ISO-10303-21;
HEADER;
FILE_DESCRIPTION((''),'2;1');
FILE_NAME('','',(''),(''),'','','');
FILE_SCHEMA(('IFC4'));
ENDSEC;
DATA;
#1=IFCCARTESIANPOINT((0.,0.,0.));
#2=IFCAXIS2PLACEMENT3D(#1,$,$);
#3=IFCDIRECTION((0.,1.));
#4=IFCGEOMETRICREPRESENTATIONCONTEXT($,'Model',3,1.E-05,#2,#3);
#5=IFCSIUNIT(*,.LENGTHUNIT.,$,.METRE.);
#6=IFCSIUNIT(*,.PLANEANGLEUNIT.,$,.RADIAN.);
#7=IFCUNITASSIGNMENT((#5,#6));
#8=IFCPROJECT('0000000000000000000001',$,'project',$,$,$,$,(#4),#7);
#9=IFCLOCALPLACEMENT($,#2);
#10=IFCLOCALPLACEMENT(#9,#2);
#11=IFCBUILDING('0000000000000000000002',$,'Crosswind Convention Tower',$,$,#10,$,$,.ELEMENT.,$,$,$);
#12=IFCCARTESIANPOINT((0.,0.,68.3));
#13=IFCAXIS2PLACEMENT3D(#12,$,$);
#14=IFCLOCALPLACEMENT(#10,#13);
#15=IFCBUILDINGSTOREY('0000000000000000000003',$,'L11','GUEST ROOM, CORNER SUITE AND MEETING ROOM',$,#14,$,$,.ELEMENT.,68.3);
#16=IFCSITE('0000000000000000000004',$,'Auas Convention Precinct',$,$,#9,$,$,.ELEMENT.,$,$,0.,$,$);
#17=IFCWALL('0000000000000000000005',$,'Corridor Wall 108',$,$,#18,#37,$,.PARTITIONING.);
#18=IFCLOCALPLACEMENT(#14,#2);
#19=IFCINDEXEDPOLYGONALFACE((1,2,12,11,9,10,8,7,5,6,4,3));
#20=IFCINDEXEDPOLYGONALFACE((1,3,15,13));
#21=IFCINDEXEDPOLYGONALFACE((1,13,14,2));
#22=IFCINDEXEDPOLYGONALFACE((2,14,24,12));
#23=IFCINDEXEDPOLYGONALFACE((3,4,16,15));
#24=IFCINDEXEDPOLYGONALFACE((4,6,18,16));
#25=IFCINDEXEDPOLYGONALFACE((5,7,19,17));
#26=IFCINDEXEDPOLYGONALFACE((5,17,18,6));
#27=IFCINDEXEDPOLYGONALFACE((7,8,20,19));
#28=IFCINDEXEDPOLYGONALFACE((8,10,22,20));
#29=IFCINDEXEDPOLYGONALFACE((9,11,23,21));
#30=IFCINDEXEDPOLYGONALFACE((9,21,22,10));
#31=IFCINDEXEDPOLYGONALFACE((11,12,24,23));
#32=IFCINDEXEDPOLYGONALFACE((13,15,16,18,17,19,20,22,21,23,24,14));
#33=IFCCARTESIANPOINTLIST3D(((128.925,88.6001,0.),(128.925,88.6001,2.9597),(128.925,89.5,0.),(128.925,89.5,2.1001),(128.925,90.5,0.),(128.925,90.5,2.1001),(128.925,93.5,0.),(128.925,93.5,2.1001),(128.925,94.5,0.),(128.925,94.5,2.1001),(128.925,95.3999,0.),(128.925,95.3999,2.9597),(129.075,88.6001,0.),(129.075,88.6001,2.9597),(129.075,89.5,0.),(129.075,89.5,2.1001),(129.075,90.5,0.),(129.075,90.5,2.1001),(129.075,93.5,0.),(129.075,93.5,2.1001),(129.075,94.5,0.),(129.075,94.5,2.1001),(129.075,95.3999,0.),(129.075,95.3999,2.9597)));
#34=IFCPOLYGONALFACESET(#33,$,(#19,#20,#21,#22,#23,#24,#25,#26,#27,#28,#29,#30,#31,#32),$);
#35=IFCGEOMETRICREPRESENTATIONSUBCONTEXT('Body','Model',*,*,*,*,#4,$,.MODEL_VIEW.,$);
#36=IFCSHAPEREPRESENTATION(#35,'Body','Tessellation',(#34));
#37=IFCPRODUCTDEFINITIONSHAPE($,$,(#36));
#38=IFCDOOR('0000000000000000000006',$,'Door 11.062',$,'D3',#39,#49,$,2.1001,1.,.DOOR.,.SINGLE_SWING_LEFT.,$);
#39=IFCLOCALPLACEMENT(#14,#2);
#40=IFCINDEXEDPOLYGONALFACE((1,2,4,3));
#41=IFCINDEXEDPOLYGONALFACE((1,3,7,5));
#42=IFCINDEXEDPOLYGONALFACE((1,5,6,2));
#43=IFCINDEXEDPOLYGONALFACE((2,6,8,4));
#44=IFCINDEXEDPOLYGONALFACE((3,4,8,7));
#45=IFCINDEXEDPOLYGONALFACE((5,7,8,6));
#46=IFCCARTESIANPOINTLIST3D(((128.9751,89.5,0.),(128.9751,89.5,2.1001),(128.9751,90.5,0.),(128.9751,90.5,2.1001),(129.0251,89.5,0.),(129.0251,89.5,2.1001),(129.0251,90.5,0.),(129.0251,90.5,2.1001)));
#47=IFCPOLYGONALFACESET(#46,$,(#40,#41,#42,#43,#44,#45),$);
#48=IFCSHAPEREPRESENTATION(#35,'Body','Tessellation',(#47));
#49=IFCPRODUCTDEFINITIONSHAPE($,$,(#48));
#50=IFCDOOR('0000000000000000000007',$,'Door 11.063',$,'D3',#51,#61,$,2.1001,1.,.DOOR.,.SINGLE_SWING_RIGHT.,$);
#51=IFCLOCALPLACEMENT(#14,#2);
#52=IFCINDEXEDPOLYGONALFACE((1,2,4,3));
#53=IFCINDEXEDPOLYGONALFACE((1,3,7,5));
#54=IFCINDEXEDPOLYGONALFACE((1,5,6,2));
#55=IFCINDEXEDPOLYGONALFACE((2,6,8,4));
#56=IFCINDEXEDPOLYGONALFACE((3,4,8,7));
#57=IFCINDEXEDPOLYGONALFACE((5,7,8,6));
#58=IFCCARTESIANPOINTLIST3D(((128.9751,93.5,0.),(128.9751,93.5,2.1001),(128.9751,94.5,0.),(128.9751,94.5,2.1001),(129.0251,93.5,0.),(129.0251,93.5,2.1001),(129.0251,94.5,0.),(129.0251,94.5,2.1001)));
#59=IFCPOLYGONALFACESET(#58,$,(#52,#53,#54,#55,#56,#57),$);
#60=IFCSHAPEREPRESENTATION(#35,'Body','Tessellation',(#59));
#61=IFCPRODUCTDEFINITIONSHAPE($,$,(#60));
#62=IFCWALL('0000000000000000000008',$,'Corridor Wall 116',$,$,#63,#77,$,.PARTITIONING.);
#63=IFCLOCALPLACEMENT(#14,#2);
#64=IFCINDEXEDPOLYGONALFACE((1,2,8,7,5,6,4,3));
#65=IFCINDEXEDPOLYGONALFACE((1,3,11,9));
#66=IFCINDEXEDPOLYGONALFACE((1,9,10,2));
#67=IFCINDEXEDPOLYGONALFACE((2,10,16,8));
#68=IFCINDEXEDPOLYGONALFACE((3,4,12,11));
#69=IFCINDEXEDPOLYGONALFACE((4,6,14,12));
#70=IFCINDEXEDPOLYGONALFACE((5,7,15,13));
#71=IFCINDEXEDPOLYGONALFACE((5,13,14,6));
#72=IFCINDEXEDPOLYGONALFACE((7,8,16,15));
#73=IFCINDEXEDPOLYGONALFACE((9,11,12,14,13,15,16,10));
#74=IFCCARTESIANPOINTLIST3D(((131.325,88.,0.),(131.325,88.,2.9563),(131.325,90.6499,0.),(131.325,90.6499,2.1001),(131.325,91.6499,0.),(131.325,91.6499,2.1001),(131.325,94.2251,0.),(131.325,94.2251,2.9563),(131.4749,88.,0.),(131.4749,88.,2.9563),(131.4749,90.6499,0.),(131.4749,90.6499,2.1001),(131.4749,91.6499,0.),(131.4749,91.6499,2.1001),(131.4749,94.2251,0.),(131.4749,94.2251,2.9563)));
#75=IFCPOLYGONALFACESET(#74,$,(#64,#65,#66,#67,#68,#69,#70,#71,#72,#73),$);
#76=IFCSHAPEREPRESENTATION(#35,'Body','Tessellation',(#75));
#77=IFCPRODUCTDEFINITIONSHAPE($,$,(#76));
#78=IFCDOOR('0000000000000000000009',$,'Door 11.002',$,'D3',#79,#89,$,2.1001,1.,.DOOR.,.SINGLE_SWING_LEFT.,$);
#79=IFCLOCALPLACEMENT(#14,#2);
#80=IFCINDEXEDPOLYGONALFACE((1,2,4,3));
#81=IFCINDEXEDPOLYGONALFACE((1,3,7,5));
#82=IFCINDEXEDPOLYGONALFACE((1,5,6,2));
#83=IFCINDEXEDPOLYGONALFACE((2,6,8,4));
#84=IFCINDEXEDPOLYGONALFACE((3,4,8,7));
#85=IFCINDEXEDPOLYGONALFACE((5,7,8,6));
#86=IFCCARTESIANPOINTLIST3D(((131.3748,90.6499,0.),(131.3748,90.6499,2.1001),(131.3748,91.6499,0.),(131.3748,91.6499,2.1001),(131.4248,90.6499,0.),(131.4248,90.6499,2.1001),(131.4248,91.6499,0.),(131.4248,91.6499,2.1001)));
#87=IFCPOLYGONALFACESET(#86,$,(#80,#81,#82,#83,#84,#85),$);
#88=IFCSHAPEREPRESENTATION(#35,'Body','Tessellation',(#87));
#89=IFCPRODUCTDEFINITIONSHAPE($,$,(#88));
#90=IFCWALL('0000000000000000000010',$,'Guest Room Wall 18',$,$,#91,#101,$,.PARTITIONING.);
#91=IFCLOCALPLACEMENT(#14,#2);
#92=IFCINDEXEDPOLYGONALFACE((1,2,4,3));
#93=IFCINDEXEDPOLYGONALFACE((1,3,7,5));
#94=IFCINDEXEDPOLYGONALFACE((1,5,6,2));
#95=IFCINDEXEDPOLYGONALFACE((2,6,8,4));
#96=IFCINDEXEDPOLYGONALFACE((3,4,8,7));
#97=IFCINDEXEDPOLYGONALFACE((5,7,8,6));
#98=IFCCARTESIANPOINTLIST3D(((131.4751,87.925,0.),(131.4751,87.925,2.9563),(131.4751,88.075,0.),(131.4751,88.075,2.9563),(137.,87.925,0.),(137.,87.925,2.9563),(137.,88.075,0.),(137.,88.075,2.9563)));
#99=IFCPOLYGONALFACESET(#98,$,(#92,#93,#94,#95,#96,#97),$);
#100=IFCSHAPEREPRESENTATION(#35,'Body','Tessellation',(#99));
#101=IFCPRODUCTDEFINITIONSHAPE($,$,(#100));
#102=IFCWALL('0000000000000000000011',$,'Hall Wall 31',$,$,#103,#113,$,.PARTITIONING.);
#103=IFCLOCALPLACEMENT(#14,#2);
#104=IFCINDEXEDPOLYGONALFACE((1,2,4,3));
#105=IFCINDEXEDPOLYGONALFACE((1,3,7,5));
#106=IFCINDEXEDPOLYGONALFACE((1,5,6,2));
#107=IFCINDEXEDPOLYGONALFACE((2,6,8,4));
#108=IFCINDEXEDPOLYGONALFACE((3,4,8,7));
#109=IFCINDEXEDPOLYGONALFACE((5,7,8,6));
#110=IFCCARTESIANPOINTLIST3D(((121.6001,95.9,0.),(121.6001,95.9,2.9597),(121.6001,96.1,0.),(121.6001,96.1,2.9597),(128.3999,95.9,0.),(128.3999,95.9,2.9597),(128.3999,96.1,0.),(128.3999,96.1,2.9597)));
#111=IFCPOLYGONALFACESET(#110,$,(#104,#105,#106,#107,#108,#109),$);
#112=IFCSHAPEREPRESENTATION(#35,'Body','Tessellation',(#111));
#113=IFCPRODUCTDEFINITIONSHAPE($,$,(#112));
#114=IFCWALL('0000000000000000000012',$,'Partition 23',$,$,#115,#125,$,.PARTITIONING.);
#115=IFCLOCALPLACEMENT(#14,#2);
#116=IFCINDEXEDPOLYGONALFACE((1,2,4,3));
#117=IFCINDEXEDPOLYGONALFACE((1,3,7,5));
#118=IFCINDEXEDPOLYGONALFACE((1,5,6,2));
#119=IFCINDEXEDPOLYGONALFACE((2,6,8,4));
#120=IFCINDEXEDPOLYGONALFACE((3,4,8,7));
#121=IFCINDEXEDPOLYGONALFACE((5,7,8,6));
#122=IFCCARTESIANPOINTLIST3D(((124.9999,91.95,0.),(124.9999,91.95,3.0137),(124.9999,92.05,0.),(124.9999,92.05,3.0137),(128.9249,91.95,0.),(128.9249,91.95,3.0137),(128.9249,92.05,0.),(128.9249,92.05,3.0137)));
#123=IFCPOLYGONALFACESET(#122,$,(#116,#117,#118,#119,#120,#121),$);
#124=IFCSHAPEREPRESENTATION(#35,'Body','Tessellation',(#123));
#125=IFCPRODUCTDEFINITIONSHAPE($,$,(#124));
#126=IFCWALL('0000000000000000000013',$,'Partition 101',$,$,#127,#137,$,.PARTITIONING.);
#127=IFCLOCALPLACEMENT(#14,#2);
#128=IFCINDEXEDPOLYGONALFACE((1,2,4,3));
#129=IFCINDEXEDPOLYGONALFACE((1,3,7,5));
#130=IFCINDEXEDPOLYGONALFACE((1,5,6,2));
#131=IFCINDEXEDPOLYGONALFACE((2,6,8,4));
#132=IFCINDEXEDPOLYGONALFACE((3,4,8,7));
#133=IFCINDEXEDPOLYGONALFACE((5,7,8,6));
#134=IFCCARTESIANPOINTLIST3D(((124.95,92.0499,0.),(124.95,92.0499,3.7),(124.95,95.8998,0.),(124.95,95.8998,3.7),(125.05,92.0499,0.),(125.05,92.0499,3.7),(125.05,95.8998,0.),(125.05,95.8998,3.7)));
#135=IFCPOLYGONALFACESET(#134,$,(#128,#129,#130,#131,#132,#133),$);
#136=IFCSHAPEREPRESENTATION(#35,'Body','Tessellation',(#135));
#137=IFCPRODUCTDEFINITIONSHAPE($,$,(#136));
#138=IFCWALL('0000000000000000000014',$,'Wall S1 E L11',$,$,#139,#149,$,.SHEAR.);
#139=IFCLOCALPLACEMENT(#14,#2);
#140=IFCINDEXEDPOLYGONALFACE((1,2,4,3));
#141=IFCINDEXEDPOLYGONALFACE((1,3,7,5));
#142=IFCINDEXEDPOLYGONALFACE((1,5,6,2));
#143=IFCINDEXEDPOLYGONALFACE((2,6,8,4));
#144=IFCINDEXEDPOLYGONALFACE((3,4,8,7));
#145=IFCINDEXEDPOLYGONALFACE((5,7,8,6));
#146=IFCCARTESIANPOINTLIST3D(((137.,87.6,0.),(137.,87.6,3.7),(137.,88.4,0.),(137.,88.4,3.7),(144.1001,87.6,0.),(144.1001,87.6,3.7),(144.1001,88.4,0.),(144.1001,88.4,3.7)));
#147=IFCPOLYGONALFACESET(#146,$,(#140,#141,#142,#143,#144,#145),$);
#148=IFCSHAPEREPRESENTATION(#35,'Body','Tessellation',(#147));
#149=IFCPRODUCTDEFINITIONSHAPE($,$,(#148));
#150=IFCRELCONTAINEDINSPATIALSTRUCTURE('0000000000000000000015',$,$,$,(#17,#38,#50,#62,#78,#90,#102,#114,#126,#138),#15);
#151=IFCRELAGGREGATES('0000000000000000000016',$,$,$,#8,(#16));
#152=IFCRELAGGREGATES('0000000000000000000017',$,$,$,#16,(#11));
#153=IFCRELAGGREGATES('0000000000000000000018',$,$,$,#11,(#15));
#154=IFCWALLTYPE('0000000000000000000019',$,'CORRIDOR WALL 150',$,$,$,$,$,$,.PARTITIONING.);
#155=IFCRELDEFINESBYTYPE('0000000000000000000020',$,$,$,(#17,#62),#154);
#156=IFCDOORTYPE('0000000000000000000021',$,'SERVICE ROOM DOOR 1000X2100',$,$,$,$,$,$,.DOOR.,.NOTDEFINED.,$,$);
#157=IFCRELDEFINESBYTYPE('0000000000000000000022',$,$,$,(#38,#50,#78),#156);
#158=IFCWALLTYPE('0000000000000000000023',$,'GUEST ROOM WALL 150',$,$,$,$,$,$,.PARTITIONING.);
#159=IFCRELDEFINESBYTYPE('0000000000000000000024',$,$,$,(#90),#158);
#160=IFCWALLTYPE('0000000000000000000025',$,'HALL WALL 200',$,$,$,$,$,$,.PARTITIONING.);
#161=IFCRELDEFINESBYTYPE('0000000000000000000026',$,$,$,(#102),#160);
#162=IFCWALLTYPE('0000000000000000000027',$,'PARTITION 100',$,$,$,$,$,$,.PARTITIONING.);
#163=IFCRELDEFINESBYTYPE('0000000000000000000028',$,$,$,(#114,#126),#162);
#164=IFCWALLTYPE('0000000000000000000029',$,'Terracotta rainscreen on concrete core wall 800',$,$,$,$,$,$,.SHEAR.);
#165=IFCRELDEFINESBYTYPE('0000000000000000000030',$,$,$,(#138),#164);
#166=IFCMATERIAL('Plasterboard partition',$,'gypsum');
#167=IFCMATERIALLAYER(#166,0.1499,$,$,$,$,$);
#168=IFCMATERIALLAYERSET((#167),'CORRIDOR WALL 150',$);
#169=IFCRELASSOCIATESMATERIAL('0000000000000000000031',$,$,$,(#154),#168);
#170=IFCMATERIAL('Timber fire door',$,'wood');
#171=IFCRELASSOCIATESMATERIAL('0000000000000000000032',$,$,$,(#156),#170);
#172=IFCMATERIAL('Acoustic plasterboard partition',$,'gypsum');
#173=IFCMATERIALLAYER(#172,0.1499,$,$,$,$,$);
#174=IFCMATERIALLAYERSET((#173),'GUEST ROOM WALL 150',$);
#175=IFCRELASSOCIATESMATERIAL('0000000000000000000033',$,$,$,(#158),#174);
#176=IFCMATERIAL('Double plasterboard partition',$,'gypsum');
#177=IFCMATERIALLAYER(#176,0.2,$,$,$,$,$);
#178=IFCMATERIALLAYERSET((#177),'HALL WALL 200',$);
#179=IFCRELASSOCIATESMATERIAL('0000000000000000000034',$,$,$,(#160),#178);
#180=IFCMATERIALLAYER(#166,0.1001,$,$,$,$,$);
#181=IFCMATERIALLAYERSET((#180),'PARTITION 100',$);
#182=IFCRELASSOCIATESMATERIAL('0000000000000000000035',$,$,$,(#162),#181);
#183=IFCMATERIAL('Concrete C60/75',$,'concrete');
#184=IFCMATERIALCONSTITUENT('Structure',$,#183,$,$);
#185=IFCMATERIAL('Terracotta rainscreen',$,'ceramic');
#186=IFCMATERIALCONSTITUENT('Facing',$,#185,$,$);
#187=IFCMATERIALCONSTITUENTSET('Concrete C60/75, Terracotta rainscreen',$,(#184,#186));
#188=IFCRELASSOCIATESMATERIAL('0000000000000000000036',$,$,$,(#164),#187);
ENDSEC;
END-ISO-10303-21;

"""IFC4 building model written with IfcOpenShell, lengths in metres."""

from ifc_helpers import new_model, si_unit, direction, frame, frame_2d, origin, place, context, subcontext, project, spatial, rectangle, extrude, material, layer, layer_set, constituent, constituent_set, type_object, element, fill, save


model = new_model("IFC4")

# Units and contexts
model_context = context("Model", 3, precision=1e-05, world=origin(), true_north=direction((0.0, 1.0)))
body_context = subcontext(model_context, "Body", "Model", "MODEL_VIEW")
ifc_project = project(units=[si_unit("LENGTHUNIT", "METRE"), si_unit("PLANEANGLEUNIT", "RADIAN")], contexts=[model_context])

# Site, building, storey
site_placement = place(None, origin())
site = spatial("IfcSite", under=ifc_project, at=site_placement, Name="Auas Convention Precinct", CompositionType="ELEMENT", RefElevation=0.0)
building_placement = place(site_placement, origin())
building = spatial("IfcBuilding", under=site, at=building_placement, Name="Crosswind Convention Tower", CompositionType="ELEMENT")
storey_placement = place(building_placement, frame((0.0, 0.0, 68.3)))
storey = spatial("IfcBuildingStorey", under=building, at=storey_placement, Name="L11", Description="GUEST ROOM, CORNER SUITE AND MEETING ROOM", CompositionType="ELEMENT", Elevation=68.3)

# Shared definitions
ifc_material_1 = material(Name="Plasterboard partition", Category="gypsum")
ifc_layer_1 = layer(ifc_material_1, 0.1499)
ifc_layer_set_1 = layer_set([ifc_layer_1], Name="CORRIDOR WALL 150")
wall_type_1 = type_object("IfcWallType", Name="CORRIDOR WALL 150", PredefinedType="PARTITIONING", material=ifc_layer_set_1)

# Wall, openings, doors
wall_1_placement = place(storey_placement, frame((129.0, 88.6001, 0.0), z_axis=(0.0, 0.0, 1.0), x_axis=(0.0, 1.0, 0.0)))
wall_1 = element("IfcWall", 1, at=wall_1_placement, inside=storey, type_object=wall_type_1, Name="Corridor Wall 108", PredefinedType="PARTITIONING", context=body_context, shape_type="SweptSolid", body=[
    extrude(rectangle(XDim=6.7998, YDim=0.1499, at=frame_2d((3.3999, 0.0))), origin(), (0.0, 0.0, 1.0), 2.9597),
])
opening_1_placement = place(wall_1_placement, frame((0.8999, 0.0, 0.0)))
opening_1 = element("IfcOpeningElement", 2, at=opening_1_placement, cuts=wall_1, PredefinedType="OPENING", context=body_context, shape_type="SweptSolid", body=[
    extrude(rectangle(XDim=1.0, YDim=2.1001, at=frame_2d((0.5, 1.05))), frame((0.0, 0.085, 0.0), z_axis=(0.0, -1.0, 0.0), x_axis=(1.0, 0.0, 0.0)), (0.0, 0.0, 1.0), 0.1699),
])
opening_2_placement = place(wall_1_placement, frame((4.8999, 0.0, 0.0)))
opening_2 = element("IfcOpeningElement", 3, at=opening_2_placement, cuts=wall_1, PredefinedType="OPENING", context=body_context, shape_type="SweptSolid", body=[
    extrude(rectangle(XDim=1.0, YDim=2.1001, at=frame_2d((0.5, 1.05))), frame((0.0, 0.085, 0.0), z_axis=(0.0, -1.0, 0.0), x_axis=(1.0, 0.0, 0.0)), (0.0, 0.0, 1.0), 0.1699),
])
ifc_material_2 = material(Name="Timber fire door", Category="wood")
door_type = type_object("IfcDoorType", Name="SERVICE ROOM DOOR 1000X2100", OperationType="NOTDEFINED", PredefinedType="DOOR", material=ifc_material_2)
door_1_placement = place(opening_1_placement, origin())
door_1 = element("IfcDoor", 4, at=door_1_placement, inside=storey, type_object=door_type, Name="Door 11.062", ObjectType="D3", OperationType="SINGLE_SWING_LEFT", OverallHeight=2.1001, OverallWidth=1.0, PredefinedType="DOOR", context=body_context, shape_type="SweptSolid", body=[
    extrude(rectangle(XDim=1.0, YDim=2.1001, at=frame_2d((0.5, 1.05))), frame((0.0, 0.0249, 0.0), z_axis=(0.0, -1.0, 0.0), x_axis=(1.0, 0.0, 0.0)), (0.0, 0.0, 1.0), 0.05),
])
fill(opening_1, door_1)
door_2_placement = place(opening_2_placement, origin())
door_2 = element("IfcDoor", 5, at=door_2_placement, inside=storey, type_object=door_type, Name="Door 11.063", ObjectType="D3", OperationType="SINGLE_SWING_RIGHT", OverallHeight=2.1001, OverallWidth=1.0, PredefinedType="DOOR", context=body_context, shape_type="SweptSolid", body=[
    extrude(rectangle(XDim=1.0, YDim=2.1001, at=frame_2d((0.5, 1.05))), frame((0.0, 0.0249, 0.0), z_axis=(0.0, -1.0, 0.0), x_axis=(1.0, 0.0, 0.0)), (0.0, 0.0, 1.0), 0.05),
])
fill(opening_2, door_2)

# Wall, opening, door
wall_2_placement = place(storey_placement, frame((131.3999, 88.0, 0.0), z_axis=(0.0, 0.0, 1.0), x_axis=(0.0, 1.0, 0.0)))
wall_2 = element("IfcWall", 6, at=wall_2_placement, inside=storey, type_object=wall_type_1, Name="Corridor Wall 116", PredefinedType="PARTITIONING", context=body_context, shape_type="SweptSolid", body=[
    extrude(rectangle(XDim=6.2251, YDim=0.1499, at=frame_2d((3.1125, 0.0))), origin(), (0.0, 0.0, 1.0), 2.9563),
])
opening_3_placement = place(wall_2_placement, frame((2.6499, 0.0, 0.0)))
opening_3 = element("IfcOpeningElement", 7, at=opening_3_placement, cuts=wall_2, PredefinedType="OPENING", context=body_context, shape_type="SweptSolid", body=[
    extrude(rectangle(XDim=1.0, YDim=2.1001, at=frame_2d((0.5, 1.05))), frame((0.0, 0.085, 0.0), z_axis=(0.0, -1.0, 0.0), x_axis=(1.0, 0.0, 0.0)), (0.0, 0.0, 1.0), 0.1699),
])
door_3_placement = place(opening_3_placement, frame((1.0, 0.0, 0.0), z_axis=(0.0, 0.0, 1.0), x_axis=(-1.0, 0.0, 0.0)))
door_3 = element("IfcDoor", 8, at=door_3_placement, inside=storey, type_object=door_type, Name="Door 11.002", ObjectType="D3", OperationType="SINGLE_SWING_LEFT", OverallHeight=2.1001, OverallWidth=1.0, PredefinedType="DOOR", context=body_context, shape_type="SweptSolid", body=[
    extrude(rectangle(XDim=1.0, YDim=2.1001, at=frame_2d((0.5, 1.05))), frame((0.0, 0.0249, 0.0), z_axis=(0.0, -1.0, 0.0), x_axis=(1.0, 0.0, 0.0)), (0.0, 0.0, 1.0), 0.05),
])
fill(opening_3, door_3)

# Walls
ifc_material_3 = material(Name="Acoustic plasterboard partition", Category="gypsum")
ifc_layer_2 = layer(ifc_material_3, 0.1499)
ifc_layer_set_2 = layer_set([ifc_layer_2], Name="GUEST ROOM WALL 150")
wall_type_2 = type_object("IfcWallType", Name="GUEST ROOM WALL 150", PredefinedType="PARTITIONING", material=ifc_layer_set_2)
wall_3_placement = place(storey_placement, frame((131.4751, 88.0, 0.0), z_axis=(0.0, 0.0, 1.0), x_axis=(1.0, 0.0, 0.0)))
element("IfcWall", 9, at=wall_3_placement, inside=storey, type_object=wall_type_2, Name="Guest Room Wall 18", PredefinedType="PARTITIONING", context=body_context, shape_type="SweptSolid", body=[
    extrude(rectangle(XDim=5.5249, YDim=0.1499, at=frame_2d((2.7625, 0.0))), origin(), (0.0, 0.0, 1.0), 2.9563),
])
ifc_material_4 = material(Name="Double plasterboard partition", Category="gypsum")
ifc_layer_3 = layer(ifc_material_4, 0.2)
ifc_layer_set_3 = layer_set([ifc_layer_3], Name="HALL WALL 200")
wall_type_3 = type_object("IfcWallType", Name="HALL WALL 200", PredefinedType="PARTITIONING", material=ifc_layer_set_3)
wall_4_placement = place(storey_placement, frame((121.6001, 96.0, 0.0), z_axis=(0.0, 0.0, 1.0), x_axis=(1.0, 0.0, 0.0)))
element("IfcWall", 10, at=wall_4_placement, inside=storey, type_object=wall_type_3, Name="Hall Wall 31", PredefinedType="PARTITIONING", context=body_context, shape_type="SweptSolid", body=[
    extrude(rectangle(XDim=6.7998, YDim=0.2, at=frame_2d((3.3999, 0.0))), origin(), (0.0, 0.0, 1.0), 2.9597),
])
ifc_layer_4 = layer(ifc_material_1, 0.1001)
ifc_layer_set_4 = layer_set([ifc_layer_4], Name="PARTITION 100")
wall_type_4 = type_object("IfcWallType", Name="PARTITION 100", PredefinedType="PARTITIONING", material=ifc_layer_set_4)
wall_5_placement = place(storey_placement, frame((125.0, 92.0, 0.0), z_axis=(0.0, 0.0, 1.0), x_axis=(1.0, 0.0, 0.0)))
element("IfcWall", 11, at=wall_5_placement, inside=storey, type_object=wall_type_4, Name="Partition 23", PredefinedType="PARTITIONING", context=body_context, shape_type="SweptSolid", body=[
    extrude(rectangle(XDim=3.925, YDim=0.1001, at=frame_2d((1.9624, 0.0))), origin(), (0.0, 0.0, 1.0), 3.0137),
])
wall_6_placement = place(storey_placement, frame((125.0, 92.05, 0.0), z_axis=(0.0, 0.0, 1.0), x_axis=(0.0, 1.0, 0.0)))
element("IfcWall", 12, at=wall_6_placement, inside=storey, type_object=wall_type_4, Name="Partition 101", PredefinedType="PARTITIONING", context=body_context, shape_type="SweptSolid", body=[
    extrude(rectangle(XDim=3.8499, YDim=0.1001, at=frame_2d((1.9248, 0.0))), origin(), (0.0, 0.0, 1.0), 3.7),
])
ifc_material_5 = material(Name="Concrete C60/75", Category="concrete")
ifc_constituent_1 = constituent(ifc_material_5, Name="Structure")
ifc_material_6 = material(Name="Terracotta rainscreen", Category="ceramic")
ifc_constituent_2 = constituent(ifc_material_6, Name="Facing")
ifc_constituent_set = constituent_set(constituents=[ifc_constituent_1, ifc_constituent_2], Name="Concrete C60/75, Terracotta rainscreen")
wall_type_5 = type_object("IfcWallType", Name="Terracotta rainscreen on concrete core wall 800", PredefinedType="SHEAR", material=ifc_constituent_set)
wall_7_placement = place(storey_placement, frame((137.0, 88.0, 0.0), z_axis=(0.0, 0.0, 1.0), x_axis=(1.0, 0.0, 0.0)))
element("IfcWall", 13, at=wall_7_placement, inside=storey, type_object=wall_type_5, Name="Wall S1 E L11", PredefinedType="SHEAR", context=body_context, shape_type="SweptSolid", body=[
    extrude(rectangle(XDim=7.1001, YDim=0.8, at=frame_2d((3.55, 0.0))), origin(), (0.0, 0.0, 1.0), 3.7),
])

save(model, "model.ifc")
